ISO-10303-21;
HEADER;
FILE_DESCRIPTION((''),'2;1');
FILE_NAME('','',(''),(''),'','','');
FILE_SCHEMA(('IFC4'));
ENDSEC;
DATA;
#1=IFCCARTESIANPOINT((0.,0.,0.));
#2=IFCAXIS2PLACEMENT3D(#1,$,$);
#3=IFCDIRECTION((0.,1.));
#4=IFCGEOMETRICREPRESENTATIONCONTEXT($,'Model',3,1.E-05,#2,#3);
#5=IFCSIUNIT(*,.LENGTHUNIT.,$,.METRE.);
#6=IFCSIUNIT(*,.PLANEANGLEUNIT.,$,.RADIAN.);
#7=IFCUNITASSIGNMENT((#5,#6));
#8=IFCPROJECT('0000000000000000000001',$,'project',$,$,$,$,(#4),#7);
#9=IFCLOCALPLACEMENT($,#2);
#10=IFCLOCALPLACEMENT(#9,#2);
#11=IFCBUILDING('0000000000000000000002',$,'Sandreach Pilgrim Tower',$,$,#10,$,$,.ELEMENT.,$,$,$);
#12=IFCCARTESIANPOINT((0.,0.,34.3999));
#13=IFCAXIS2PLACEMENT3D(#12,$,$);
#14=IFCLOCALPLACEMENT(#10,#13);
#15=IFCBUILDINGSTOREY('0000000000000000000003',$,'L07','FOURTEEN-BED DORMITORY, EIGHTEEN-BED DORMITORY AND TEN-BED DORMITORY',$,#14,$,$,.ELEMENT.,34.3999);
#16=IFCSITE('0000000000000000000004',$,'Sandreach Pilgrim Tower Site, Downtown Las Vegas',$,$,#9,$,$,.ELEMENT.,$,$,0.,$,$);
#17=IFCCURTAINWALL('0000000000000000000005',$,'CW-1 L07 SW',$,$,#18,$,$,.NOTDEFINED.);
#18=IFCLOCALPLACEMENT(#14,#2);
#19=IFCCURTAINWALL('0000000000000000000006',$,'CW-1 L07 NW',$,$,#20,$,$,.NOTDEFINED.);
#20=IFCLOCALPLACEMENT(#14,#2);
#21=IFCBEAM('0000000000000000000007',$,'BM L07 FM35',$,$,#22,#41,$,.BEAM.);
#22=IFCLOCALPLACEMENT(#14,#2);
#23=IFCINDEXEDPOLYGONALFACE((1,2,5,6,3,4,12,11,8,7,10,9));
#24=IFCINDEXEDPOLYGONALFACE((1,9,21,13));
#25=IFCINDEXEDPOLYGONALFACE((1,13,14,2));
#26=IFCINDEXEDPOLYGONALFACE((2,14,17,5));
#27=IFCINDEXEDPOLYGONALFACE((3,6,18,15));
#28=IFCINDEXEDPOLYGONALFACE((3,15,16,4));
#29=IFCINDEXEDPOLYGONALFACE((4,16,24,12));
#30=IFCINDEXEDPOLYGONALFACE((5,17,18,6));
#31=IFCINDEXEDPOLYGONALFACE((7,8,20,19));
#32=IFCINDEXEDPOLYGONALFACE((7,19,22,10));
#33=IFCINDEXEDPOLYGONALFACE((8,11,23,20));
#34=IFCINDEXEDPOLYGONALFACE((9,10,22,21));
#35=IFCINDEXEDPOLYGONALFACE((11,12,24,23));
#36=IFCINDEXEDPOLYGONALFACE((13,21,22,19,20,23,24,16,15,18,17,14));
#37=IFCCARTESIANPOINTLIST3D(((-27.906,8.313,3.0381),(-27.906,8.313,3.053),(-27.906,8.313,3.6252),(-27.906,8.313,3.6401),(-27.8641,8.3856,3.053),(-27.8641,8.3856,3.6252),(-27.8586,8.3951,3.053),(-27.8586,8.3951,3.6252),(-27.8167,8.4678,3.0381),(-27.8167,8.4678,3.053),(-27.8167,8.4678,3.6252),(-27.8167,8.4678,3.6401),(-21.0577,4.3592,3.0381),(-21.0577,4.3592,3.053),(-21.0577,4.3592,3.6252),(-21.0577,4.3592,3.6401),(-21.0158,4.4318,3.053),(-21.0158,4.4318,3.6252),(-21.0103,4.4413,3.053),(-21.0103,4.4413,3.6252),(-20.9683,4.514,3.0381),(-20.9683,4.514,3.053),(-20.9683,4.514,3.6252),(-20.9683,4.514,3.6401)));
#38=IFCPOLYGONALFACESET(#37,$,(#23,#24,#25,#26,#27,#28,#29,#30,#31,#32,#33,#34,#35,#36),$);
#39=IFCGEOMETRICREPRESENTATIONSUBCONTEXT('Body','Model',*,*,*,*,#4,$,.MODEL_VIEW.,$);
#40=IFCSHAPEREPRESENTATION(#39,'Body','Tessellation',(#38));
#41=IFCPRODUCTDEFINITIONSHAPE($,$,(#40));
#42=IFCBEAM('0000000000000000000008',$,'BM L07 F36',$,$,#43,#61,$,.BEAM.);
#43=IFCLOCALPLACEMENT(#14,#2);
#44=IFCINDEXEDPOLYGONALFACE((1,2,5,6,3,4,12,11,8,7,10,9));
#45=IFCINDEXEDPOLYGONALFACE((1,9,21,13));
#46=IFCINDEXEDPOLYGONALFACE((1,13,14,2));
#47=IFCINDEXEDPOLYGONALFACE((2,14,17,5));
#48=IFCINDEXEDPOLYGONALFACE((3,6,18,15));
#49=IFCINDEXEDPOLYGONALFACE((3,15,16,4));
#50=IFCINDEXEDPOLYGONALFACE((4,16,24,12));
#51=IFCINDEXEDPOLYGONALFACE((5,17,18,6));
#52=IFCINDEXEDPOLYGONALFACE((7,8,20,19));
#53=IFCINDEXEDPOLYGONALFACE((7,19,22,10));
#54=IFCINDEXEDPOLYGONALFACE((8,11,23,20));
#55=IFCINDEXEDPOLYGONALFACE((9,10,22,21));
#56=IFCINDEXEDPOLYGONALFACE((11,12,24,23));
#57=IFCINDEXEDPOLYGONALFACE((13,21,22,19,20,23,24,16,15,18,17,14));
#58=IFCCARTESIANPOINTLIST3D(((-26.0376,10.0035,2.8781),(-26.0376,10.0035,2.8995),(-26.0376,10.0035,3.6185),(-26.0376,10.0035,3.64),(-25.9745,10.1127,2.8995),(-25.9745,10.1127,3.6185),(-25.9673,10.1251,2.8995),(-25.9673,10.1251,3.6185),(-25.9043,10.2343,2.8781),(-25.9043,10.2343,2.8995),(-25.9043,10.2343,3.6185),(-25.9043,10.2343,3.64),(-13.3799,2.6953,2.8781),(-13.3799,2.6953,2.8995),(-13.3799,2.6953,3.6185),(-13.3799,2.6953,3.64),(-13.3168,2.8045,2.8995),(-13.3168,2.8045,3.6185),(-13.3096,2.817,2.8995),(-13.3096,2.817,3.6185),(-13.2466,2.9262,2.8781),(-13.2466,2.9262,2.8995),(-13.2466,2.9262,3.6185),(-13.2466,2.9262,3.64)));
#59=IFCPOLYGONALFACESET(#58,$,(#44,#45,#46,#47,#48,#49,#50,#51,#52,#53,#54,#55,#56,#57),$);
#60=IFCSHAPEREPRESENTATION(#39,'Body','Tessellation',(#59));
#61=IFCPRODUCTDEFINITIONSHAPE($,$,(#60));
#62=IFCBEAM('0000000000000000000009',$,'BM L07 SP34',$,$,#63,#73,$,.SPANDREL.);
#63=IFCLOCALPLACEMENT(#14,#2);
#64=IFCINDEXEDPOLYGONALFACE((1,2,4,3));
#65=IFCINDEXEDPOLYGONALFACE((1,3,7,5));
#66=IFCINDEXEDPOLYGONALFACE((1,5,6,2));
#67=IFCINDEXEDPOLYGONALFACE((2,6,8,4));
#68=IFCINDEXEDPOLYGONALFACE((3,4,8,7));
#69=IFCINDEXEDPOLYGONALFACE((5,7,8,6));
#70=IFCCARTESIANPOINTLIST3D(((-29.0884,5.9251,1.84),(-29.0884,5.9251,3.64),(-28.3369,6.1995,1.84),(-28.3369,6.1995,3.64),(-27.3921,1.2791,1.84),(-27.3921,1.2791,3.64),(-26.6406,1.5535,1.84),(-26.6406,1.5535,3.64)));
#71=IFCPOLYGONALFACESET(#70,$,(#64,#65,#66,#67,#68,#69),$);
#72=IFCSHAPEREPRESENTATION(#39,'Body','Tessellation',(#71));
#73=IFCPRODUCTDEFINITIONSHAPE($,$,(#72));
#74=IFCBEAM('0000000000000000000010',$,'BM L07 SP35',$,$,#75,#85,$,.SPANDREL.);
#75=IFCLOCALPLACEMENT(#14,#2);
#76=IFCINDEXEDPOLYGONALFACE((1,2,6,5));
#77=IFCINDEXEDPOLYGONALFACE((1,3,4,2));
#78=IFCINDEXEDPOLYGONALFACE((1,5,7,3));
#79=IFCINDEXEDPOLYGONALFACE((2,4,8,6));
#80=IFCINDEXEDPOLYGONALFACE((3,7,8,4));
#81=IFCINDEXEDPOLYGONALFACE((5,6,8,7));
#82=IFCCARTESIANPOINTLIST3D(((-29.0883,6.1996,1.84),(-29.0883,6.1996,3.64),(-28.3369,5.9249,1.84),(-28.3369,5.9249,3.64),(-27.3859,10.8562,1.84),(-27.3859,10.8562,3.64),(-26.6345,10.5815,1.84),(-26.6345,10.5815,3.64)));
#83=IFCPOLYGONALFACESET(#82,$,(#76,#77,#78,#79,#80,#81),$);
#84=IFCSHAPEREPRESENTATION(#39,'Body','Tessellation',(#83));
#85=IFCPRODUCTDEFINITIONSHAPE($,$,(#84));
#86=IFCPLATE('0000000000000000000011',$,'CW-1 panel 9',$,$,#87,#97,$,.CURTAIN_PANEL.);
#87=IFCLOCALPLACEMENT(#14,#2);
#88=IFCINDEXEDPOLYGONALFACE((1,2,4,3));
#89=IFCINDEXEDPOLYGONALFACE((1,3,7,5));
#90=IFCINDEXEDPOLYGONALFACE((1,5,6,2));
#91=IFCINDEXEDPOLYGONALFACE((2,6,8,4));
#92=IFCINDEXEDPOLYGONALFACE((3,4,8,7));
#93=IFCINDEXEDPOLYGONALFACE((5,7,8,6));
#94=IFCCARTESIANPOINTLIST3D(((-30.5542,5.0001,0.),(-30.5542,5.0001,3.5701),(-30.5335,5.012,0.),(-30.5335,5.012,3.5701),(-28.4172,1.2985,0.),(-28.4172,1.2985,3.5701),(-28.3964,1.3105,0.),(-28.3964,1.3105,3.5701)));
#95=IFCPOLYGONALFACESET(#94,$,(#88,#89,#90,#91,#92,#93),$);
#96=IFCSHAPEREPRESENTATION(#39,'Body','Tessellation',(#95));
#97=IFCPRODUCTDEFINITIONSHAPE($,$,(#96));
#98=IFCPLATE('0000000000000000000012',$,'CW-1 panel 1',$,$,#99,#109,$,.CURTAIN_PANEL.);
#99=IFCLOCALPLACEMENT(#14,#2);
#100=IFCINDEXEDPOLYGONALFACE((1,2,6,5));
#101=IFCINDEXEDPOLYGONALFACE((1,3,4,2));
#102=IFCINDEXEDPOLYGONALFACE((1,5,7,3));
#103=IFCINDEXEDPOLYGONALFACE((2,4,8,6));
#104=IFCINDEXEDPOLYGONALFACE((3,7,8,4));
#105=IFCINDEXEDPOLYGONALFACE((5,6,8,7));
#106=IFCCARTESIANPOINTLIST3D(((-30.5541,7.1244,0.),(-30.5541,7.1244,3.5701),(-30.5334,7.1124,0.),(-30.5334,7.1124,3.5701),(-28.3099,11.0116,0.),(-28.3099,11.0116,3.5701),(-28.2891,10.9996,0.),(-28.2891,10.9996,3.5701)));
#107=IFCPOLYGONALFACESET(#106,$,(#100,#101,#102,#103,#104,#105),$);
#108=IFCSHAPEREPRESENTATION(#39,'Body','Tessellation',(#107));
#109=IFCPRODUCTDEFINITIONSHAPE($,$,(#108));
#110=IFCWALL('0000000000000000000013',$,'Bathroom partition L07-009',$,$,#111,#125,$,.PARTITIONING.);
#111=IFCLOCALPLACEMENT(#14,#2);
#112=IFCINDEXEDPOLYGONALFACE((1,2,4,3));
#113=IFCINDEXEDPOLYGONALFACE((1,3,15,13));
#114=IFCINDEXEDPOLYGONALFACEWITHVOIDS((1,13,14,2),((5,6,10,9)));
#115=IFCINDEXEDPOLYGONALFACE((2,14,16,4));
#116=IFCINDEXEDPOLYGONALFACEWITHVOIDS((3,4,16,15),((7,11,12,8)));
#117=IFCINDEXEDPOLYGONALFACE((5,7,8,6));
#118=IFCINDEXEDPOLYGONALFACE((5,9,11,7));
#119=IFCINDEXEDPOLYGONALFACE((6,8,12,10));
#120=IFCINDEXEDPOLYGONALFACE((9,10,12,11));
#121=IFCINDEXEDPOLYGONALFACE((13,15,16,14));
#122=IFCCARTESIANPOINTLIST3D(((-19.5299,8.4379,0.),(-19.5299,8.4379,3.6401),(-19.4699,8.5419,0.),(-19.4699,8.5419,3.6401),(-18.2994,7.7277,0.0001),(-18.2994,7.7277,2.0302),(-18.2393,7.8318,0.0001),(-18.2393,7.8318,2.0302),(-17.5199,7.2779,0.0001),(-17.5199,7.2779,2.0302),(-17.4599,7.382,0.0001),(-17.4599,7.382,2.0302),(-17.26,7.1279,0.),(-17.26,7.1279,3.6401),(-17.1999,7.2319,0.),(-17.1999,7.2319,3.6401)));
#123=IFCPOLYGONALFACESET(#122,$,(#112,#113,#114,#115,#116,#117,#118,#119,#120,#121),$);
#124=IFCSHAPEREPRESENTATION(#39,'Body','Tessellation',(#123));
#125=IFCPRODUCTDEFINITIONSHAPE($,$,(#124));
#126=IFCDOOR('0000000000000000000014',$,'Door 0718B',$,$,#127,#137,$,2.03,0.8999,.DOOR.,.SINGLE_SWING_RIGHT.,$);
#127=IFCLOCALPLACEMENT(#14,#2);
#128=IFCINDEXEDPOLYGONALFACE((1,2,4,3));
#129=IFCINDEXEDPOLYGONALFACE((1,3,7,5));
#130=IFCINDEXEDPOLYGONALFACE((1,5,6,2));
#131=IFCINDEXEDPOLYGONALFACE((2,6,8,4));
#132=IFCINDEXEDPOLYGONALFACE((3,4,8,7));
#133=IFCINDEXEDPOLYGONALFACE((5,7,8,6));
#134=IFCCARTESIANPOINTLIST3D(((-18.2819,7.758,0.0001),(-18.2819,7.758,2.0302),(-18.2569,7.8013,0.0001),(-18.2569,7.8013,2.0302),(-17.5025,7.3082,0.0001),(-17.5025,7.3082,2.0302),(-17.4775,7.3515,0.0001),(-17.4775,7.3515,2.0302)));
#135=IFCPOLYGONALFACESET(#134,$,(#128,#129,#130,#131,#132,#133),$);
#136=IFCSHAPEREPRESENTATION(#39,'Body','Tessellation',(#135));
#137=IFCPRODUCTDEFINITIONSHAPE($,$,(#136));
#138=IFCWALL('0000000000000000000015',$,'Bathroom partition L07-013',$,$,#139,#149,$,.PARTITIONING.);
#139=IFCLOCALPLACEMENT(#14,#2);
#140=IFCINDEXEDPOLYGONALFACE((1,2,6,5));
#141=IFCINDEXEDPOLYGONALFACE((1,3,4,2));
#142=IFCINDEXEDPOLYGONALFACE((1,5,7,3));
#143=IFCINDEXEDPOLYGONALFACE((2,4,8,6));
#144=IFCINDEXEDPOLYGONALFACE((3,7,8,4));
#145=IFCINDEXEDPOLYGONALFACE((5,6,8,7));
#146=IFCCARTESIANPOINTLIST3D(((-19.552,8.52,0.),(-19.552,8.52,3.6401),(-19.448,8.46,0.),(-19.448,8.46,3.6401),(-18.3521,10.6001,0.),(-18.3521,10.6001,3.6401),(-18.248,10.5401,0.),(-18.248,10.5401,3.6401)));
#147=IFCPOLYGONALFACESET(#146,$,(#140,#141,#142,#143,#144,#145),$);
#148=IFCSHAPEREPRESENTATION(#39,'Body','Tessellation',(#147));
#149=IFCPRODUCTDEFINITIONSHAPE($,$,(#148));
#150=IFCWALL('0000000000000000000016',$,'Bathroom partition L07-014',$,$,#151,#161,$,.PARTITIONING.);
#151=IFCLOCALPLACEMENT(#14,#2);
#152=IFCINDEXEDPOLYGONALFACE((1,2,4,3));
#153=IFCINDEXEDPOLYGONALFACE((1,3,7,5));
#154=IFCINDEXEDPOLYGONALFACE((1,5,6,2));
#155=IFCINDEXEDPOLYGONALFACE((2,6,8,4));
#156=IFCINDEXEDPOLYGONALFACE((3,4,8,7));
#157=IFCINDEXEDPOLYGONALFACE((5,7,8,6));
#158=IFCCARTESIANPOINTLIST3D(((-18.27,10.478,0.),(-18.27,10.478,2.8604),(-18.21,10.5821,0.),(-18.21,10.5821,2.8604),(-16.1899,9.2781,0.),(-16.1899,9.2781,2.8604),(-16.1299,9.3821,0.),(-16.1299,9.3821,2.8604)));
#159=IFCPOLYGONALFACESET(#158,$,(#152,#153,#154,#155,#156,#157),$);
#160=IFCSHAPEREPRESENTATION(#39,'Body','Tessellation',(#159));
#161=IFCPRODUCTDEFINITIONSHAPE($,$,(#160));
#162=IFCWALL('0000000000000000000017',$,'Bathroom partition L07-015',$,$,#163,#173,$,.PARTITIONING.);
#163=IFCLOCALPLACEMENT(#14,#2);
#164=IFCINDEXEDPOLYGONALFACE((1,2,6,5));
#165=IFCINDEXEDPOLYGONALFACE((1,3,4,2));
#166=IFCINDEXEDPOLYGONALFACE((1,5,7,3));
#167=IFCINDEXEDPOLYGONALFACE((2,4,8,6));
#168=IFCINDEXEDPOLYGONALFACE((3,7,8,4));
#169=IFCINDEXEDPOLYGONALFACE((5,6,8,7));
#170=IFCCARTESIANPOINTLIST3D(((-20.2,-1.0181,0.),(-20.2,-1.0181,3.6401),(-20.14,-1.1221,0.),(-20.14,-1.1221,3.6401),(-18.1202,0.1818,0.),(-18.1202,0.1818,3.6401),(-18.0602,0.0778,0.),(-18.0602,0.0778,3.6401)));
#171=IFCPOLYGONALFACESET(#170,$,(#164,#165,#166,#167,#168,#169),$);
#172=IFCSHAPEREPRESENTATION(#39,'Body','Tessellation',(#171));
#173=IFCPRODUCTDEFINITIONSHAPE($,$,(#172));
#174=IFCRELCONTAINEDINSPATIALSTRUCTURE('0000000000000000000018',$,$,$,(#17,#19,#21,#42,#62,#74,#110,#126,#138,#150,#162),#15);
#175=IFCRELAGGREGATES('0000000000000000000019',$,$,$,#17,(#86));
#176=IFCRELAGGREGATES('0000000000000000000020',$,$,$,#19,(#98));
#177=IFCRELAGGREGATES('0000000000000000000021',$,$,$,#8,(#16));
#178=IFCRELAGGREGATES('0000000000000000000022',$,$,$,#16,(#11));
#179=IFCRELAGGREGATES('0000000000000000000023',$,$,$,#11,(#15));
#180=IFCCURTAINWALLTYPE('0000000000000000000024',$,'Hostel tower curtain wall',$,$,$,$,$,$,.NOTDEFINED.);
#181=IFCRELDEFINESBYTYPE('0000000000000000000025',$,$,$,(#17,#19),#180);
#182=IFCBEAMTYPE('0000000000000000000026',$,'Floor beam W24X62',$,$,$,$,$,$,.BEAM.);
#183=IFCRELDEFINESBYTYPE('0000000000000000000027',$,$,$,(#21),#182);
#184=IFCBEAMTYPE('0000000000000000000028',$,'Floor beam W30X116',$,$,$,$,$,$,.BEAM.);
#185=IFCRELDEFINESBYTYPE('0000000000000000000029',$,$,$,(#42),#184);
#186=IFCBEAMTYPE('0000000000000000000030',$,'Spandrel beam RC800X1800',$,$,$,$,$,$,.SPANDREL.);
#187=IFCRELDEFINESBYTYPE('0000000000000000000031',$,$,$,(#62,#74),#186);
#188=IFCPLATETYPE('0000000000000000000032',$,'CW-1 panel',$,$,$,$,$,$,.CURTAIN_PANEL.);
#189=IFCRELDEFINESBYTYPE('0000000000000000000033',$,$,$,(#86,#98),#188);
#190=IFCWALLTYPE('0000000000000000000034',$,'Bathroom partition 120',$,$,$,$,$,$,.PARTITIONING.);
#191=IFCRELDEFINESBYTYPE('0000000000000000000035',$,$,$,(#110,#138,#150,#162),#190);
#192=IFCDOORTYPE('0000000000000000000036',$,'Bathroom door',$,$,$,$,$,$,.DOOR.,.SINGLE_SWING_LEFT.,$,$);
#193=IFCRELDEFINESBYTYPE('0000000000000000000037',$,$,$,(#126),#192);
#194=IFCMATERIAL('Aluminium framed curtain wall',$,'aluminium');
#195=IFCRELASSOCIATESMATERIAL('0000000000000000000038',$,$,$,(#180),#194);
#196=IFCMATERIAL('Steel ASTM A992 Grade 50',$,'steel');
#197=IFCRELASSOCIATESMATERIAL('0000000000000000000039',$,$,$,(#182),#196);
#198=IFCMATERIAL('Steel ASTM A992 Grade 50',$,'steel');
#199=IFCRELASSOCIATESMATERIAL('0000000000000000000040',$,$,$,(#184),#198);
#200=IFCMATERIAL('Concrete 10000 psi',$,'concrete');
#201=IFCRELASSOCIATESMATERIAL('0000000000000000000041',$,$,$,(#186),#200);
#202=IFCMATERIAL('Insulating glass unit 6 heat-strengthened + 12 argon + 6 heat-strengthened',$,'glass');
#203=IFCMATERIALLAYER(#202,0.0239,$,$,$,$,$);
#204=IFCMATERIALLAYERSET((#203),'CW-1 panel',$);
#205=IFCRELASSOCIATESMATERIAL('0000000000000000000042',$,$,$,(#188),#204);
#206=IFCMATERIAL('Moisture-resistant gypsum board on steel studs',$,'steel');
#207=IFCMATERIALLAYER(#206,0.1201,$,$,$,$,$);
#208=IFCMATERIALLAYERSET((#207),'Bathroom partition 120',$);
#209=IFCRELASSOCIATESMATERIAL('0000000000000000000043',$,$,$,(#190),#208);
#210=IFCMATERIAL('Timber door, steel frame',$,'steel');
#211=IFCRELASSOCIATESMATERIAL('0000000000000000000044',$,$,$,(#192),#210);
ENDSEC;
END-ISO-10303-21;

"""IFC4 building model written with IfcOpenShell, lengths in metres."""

from ifc_helpers import new_model, si_unit, direction, frame, frame_2d, origin, origin_2d, place, context, subcontext, project, spatial, rectangle, i_section, extrude, material, layer, layer_set, material_profile, profile_set, type_object, element, fill, aggregate, save


model = new_model("IFC4")

# Units and contexts
model_context = context("Model", 3, precision=1e-05, world=origin(), true_north=direction((0.0, 1.0)))
body_context = subcontext(model_context, "Body", "Model", "MODEL_VIEW")
ifc_project = project(units=[si_unit("LENGTHUNIT", "METRE"), si_unit("PLANEANGLEUNIT", "RADIAN")], contexts=[model_context])

# Site, building, storey
site_placement = place(None, origin())
site = spatial("IfcSite", under=ifc_project, at=site_placement, Name="Sandreach Pilgrim Tower Site, Downtown Las Vegas", CompositionType="ELEMENT", RefElevation=0.0)
building_placement = place(site_placement, origin())
building = spatial("IfcBuilding", under=site, at=building_placement, Name="Sandreach Pilgrim Tower", CompositionType="ELEMENT")
storey_placement = place(building_placement, frame((0.0, 0.0, 34.3999)))
storey = spatial("IfcBuildingStorey", under=building, at=storey_placement, Name="L07", Description="FOURTEEN-BED DORMITORY, EIGHTEEN-BED DORMITORY AND TEN-BED DORMITORY", CompositionType="ELEMENT", Elevation=34.3999)

# Curtain wall
ifc_material_1 = material(Name="Aluminium framed curtain wall", Category="aluminium")
curtain_wall_type = type_object("IfcCurtainWallType", Name="Hostel tower curtain wall", PredefinedType="NOTDEFINED", material=ifc_material_1)
curtain_wall_1_placement = place(storey_placement, origin())
curtain_wall_1 = element("IfcCurtainWall", 1, at=curtain_wall_1_placement, inside=storey, type_object=curtain_wall_type, Name="CW-1 L07 SW", PredefinedType="NOTDEFINED")

# Curtain wall
curtain_wall_2_placement = place(storey_placement, origin())
curtain_wall_2 = element("IfcCurtainWall", 2, at=curtain_wall_2_placement, inside=storey, type_object=curtain_wall_type, Name="CW-1 L07 NW", PredefinedType="NOTDEFINED")

# Beams
ifc_material_2 = material(Name="Steel ASTM A992 Grade 50", Category="steel")
ifc_material_profile_1 = material_profile(ifc_material_2, i_section(OverallWidth=0.1787, OverallDepth=0.6021, WebThickness=0.011, FlangeThickness=0.0149, at=origin_2d()), Name="W24X62")
ifc_profile_set_1 = profile_set([ifc_material_profile_1], Name="Steel ASTM A992 Grade 50")
beam_type_1 = type_object("IfcBeamType", Name="Floor beam W24X62", PredefinedType="BEAM", material=ifc_profile_set_1)
beam_1_placement = place(storey_placement, frame((-27.8613, 8.3904, 3.3391), z_axis=(0.866029, -0.499994, 0.0), x_axis=(0.499994, 0.866029, 0.0)))
element("IfcBeam", 3, at=beam_1_placement, inside=storey, type_object=beam_type_1, Name="BM L07 FM35", PredefinedType="BEAM", context=body_context, shape_type="SweptSolid", body=[
    extrude(i_section(OverallWidth=0.1787, OverallDepth=0.6021, WebThickness=0.011, FlangeThickness=0.0149, at=origin_2d()), origin(), (0.0, 0.0, 1.0), 7.9077),
])
ifc_material_3 = material(Name="Steel ASTM A992 Grade 50", Category="steel")
ifc_material_profile_2 = material_profile(ifc_material_3, i_section(OverallWidth=0.2666, OverallDepth=0.762, WebThickness=0.0144, FlangeThickness=0.0215, at=origin_2d()), Name="W30X116")
ifc_profile_set_2 = profile_set([ifc_material_profile_2], Name="Steel ASTM A992 Grade 50")
beam_type_2 = type_object("IfcBeamType", Name="Floor beam W30X116", PredefinedType="BEAM", material=ifc_profile_set_2)
beam_2_placement = place(storey_placement, frame((-25.9709, 10.1189, 3.259), z_axis=(0.86602, -0.500009, 0.0), x_axis=(0.500009, 0.86602, 0.0)))
element("IfcBeam", 4, at=beam_2_placement, inside=storey, type_object=beam_type_2, Name="BM L07 F36", PredefinedType="BEAM", context=body_context, shape_type="SweptSolid", body=[
    extrude(i_section(OverallWidth=0.2666, OverallDepth=0.762, WebThickness=0.0144, FlangeThickness=0.0215, at=origin_2d()), origin(), (0.0, 0.0, 1.0), 14.616),
])
ifc_material_4 = material(Name="Concrete 10000 psi", Category="concrete")
ifc_material_profile_3 = material_profile(ifc_material_4, rectangle(XDim=0.8, YDim=1.8, at=origin_2d()), Name="RC800X1800")
ifc_profile_set_3 = profile_set([ifc_material_profile_3], Name="Concrete 10000 psi")
beam_type_3 = type_object("IfcBeamType", Name="Spandrel beam RC800X1800", PredefinedType="SPANDREL", material=ifc_profile_set_3)
beam_3_placement = place(storey_placement, frame((-27.0164, 1.4163, 2.74), z_axis=(-0.342963, 0.939349, 0.0), x_axis=(-0.939349, -0.342963, 0.0)))
element("IfcBeam", 5, at=beam_3_placement, inside=storey, type_object=beam_type_3, Name="BM L07 SP34", PredefinedType="SPANDREL", context=body_context, shape_type="SweptSolid", body=[
    extrude(rectangle(XDim=0.8, YDim=1.8, at=origin_2d()), origin(), (0.0, 0.0, 1.0), 4.946),
])
beam_4_placement = place(storey_placement, frame((-28.7126, 6.0623, 2.74), z_axis=(0.343368, 0.939201, 0.0), x_axis=(-0.939201, 0.343368, 0.0)))
element("IfcBeam", 6, at=beam_4_placement, inside=storey, type_object=beam_type_3, Name="BM L07 SP35", PredefinedType="SPANDREL", context=body_context, shape_type="SweptSolid", body=[
    extrude(rectangle(XDim=0.8, YDim=1.8, at=origin_2d()), origin(), (0.0, 0.0, 1.0), 4.958),
])

# Plates
ifc_material_5 = material(Name="Insulating glass unit 6 heat-strengthened + 12 argon + 6 heat-strengthened", Category="glass")
ifc_layer_1 = layer(ifc_material_5, 0.0239)
ifc_layer_set_1 = layer_set([ifc_layer_1], Name="CW-1 panel")
plate_type = type_object("IfcPlateType", Name="CW-1 panel", PredefinedType="CURTAIN_PANEL", material=ifc_layer_set_1)
plate_1_placement = place(storey_placement, frame((-29.4753, 3.1553, 0.0), z_axis=(0.0, 0.0, 1.0), x_axis=(-0.5, 0.866025, 0.0)))
plate_1 = element("IfcPlate", 7, at=plate_1_placement, type_object=plate_type, Name="CW-1 panel 9", PredefinedType="CURTAIN_PANEL", context=body_context, shape_type="SweptSolid", body=[
    extrude(rectangle(XDim=4.2742, YDim=0.0239, at=origin_2d()), origin(), (0.0, 0.0, 1.0), 3.5701),
])
aggregate(curtain_wall_1, [plate_1])
plate_2_placement = place(storey_placement, frame((-29.4216, 9.062, 0.0), z_axis=(0.0, 0.0, 1.0), x_axis=(0.5, 0.866025, 0.0)))
plate_2 = element("IfcPlate", 8, at=plate_2_placement, type_object=plate_type, Name="CW-1 panel 1", PredefinedType="CURTAIN_PANEL", context=body_context, shape_type="SweptSolid", body=[
    extrude(rectangle(XDim=4.4885, YDim=0.0239, at=origin_2d()), origin(), (0.0, 0.0, 1.0), 3.5701),
])
aggregate(curtain_wall_2, [plate_2])

# Wall, opening, door
ifc_material_6 = material(Name="Moisture-resistant gypsum board on steel studs", Category="steel")
ifc_layer_2 = layer(ifc_material_6, 0.1201)
ifc_layer_set_2 = layer_set([ifc_layer_2], Name="Bathroom partition 120")
wall_type_1 = type_object("IfcWallType", Name="Bathroom partition 120", PredefinedType="PARTITIONING", material=ifc_layer_set_2)
wall_1_placement = place(storey_placement, frame((-19.5, 8.49, 0.0), z_axis=(0.0, 0.0, 1.0), x_axis=(0.866114, -0.499846, 0.0)))
wall_1 = element("IfcWall", 9, at=wall_1_placement, inside=storey, type_object=wall_type_1, Name="Bathroom partition L07-009", PredefinedType="PARTITIONING", context=body_context, shape_type="SweptSolid", body=[
    extrude(rectangle(XDim=2.6208, YDim=0.1201, at=frame_2d((1.3105, 0.0))), origin(), (0.0, 0.0, 1.0), 3.6401),
])
opening_1_placement = place(wall_1_placement, frame((1.4209, 0.0, 0.0)))
opening_1 = element("IfcOpeningElement", 10, at=opening_1_placement, cuts=wall_1, PredefinedType="OPENING", context=body_context, shape_type="SweptSolid", body=[
    extrude(rectangle(XDim=0.8999, YDim=2.03, at=frame_2d((0.45, 1.0151))), frame((0.0, 0.0601, 0.0), z_axis=(0.0, -1.0, 0.0), x_axis=(1.0, 0.0, 0.0)), (0.0, 0.0, 1.0), 0.1201),
])
ifc_material_7 = material(Name="Timber door, steel frame", Category="steel")
door_type_1 = type_object("IfcDoorType", Name="Bathroom door", OperationType="SINGLE_SWING_LEFT", PredefinedType="DOOR", material=ifc_material_7)
door_1_placement = place(opening_1_placement, origin())
door_1 = element("IfcDoor", 11, at=door_1_placement, inside=storey, type_object=door_type_1, Name="Door 0718B", OperationType="SINGLE_SWING_RIGHT", OverallHeight=2.03, OverallWidth=0.8999, PredefinedType="DOOR", context=body_context, shape_type="SweptSolid", body=[
    extrude(rectangle(XDim=0.8999, YDim=2.03, at=frame_2d((0.45, 1.0151))), frame((0.0, 0.0249, 0.0), z_axis=(0.0, -1.0, 0.0), x_axis=(1.0, 0.0, 0.0)), (0.0, 0.0, 1.0), 0.05),
])
fill(opening_1, door_1)

# Walls
wall_2_placement = place(storey_placement, frame((-18.3, 10.5701, 0.0), z_axis=(0.0, 0.0, 1.0), x_axis=(-0.499693, -0.866203, 0.0)))
element("IfcWall", 12, at=wall_2_placement, inside=storey, type_object=wall_type_1, Name="Bathroom partition L07-013", PredefinedType="PARTITIONING", context=body_context, shape_type="SweptSolid", body=[
    extrude(rectangle(XDim=2.4014, YDim=0.1201, at=frame_2d((1.2007, 0.0))), origin(), (0.0, 0.0, 1.0), 3.6401),
])
wall_3_placement = place(storey_placement, frame((-18.24, 10.53, 0.0), z_axis=(0.0, 0.0, 1.0), x_axis=(0.866203, -0.499693, 0.0)))
element("IfcWall", 13, at=wall_3_placement, inside=storey, type_object=wall_type_1, Name="Bathroom partition L07-014", PredefinedType="PARTITIONING", context=body_context, shape_type="SweptSolid", body=[
    extrude(rectangle(XDim=2.4014, YDim=0.1201, at=frame_2d((1.2007, 0.0))), origin(), (0.0, 0.0, 1.0), 2.8604),
])
wall_4_placement = place(storey_placement, frame((-18.0901, 0.1299, 0.0), z_axis=(0.0, 0.0, 1.0), x_axis=(-0.866177, -0.499737, 0.0)))
element("IfcWall", 14, at=wall_4_placement, inside=storey, type_object=wall_type_1, Name="Bathroom partition L07-015", PredefinedType="PARTITIONING", context=body_context, shape_type="SweptSolid", body=[
    extrude(rectangle(XDim=2.4011, YDim=0.1201, at=frame_2d((1.2007, 0.0))), origin(), (0.0, 0.0, 1.0), 3.6401),
])

save(model, "model.ifc")
